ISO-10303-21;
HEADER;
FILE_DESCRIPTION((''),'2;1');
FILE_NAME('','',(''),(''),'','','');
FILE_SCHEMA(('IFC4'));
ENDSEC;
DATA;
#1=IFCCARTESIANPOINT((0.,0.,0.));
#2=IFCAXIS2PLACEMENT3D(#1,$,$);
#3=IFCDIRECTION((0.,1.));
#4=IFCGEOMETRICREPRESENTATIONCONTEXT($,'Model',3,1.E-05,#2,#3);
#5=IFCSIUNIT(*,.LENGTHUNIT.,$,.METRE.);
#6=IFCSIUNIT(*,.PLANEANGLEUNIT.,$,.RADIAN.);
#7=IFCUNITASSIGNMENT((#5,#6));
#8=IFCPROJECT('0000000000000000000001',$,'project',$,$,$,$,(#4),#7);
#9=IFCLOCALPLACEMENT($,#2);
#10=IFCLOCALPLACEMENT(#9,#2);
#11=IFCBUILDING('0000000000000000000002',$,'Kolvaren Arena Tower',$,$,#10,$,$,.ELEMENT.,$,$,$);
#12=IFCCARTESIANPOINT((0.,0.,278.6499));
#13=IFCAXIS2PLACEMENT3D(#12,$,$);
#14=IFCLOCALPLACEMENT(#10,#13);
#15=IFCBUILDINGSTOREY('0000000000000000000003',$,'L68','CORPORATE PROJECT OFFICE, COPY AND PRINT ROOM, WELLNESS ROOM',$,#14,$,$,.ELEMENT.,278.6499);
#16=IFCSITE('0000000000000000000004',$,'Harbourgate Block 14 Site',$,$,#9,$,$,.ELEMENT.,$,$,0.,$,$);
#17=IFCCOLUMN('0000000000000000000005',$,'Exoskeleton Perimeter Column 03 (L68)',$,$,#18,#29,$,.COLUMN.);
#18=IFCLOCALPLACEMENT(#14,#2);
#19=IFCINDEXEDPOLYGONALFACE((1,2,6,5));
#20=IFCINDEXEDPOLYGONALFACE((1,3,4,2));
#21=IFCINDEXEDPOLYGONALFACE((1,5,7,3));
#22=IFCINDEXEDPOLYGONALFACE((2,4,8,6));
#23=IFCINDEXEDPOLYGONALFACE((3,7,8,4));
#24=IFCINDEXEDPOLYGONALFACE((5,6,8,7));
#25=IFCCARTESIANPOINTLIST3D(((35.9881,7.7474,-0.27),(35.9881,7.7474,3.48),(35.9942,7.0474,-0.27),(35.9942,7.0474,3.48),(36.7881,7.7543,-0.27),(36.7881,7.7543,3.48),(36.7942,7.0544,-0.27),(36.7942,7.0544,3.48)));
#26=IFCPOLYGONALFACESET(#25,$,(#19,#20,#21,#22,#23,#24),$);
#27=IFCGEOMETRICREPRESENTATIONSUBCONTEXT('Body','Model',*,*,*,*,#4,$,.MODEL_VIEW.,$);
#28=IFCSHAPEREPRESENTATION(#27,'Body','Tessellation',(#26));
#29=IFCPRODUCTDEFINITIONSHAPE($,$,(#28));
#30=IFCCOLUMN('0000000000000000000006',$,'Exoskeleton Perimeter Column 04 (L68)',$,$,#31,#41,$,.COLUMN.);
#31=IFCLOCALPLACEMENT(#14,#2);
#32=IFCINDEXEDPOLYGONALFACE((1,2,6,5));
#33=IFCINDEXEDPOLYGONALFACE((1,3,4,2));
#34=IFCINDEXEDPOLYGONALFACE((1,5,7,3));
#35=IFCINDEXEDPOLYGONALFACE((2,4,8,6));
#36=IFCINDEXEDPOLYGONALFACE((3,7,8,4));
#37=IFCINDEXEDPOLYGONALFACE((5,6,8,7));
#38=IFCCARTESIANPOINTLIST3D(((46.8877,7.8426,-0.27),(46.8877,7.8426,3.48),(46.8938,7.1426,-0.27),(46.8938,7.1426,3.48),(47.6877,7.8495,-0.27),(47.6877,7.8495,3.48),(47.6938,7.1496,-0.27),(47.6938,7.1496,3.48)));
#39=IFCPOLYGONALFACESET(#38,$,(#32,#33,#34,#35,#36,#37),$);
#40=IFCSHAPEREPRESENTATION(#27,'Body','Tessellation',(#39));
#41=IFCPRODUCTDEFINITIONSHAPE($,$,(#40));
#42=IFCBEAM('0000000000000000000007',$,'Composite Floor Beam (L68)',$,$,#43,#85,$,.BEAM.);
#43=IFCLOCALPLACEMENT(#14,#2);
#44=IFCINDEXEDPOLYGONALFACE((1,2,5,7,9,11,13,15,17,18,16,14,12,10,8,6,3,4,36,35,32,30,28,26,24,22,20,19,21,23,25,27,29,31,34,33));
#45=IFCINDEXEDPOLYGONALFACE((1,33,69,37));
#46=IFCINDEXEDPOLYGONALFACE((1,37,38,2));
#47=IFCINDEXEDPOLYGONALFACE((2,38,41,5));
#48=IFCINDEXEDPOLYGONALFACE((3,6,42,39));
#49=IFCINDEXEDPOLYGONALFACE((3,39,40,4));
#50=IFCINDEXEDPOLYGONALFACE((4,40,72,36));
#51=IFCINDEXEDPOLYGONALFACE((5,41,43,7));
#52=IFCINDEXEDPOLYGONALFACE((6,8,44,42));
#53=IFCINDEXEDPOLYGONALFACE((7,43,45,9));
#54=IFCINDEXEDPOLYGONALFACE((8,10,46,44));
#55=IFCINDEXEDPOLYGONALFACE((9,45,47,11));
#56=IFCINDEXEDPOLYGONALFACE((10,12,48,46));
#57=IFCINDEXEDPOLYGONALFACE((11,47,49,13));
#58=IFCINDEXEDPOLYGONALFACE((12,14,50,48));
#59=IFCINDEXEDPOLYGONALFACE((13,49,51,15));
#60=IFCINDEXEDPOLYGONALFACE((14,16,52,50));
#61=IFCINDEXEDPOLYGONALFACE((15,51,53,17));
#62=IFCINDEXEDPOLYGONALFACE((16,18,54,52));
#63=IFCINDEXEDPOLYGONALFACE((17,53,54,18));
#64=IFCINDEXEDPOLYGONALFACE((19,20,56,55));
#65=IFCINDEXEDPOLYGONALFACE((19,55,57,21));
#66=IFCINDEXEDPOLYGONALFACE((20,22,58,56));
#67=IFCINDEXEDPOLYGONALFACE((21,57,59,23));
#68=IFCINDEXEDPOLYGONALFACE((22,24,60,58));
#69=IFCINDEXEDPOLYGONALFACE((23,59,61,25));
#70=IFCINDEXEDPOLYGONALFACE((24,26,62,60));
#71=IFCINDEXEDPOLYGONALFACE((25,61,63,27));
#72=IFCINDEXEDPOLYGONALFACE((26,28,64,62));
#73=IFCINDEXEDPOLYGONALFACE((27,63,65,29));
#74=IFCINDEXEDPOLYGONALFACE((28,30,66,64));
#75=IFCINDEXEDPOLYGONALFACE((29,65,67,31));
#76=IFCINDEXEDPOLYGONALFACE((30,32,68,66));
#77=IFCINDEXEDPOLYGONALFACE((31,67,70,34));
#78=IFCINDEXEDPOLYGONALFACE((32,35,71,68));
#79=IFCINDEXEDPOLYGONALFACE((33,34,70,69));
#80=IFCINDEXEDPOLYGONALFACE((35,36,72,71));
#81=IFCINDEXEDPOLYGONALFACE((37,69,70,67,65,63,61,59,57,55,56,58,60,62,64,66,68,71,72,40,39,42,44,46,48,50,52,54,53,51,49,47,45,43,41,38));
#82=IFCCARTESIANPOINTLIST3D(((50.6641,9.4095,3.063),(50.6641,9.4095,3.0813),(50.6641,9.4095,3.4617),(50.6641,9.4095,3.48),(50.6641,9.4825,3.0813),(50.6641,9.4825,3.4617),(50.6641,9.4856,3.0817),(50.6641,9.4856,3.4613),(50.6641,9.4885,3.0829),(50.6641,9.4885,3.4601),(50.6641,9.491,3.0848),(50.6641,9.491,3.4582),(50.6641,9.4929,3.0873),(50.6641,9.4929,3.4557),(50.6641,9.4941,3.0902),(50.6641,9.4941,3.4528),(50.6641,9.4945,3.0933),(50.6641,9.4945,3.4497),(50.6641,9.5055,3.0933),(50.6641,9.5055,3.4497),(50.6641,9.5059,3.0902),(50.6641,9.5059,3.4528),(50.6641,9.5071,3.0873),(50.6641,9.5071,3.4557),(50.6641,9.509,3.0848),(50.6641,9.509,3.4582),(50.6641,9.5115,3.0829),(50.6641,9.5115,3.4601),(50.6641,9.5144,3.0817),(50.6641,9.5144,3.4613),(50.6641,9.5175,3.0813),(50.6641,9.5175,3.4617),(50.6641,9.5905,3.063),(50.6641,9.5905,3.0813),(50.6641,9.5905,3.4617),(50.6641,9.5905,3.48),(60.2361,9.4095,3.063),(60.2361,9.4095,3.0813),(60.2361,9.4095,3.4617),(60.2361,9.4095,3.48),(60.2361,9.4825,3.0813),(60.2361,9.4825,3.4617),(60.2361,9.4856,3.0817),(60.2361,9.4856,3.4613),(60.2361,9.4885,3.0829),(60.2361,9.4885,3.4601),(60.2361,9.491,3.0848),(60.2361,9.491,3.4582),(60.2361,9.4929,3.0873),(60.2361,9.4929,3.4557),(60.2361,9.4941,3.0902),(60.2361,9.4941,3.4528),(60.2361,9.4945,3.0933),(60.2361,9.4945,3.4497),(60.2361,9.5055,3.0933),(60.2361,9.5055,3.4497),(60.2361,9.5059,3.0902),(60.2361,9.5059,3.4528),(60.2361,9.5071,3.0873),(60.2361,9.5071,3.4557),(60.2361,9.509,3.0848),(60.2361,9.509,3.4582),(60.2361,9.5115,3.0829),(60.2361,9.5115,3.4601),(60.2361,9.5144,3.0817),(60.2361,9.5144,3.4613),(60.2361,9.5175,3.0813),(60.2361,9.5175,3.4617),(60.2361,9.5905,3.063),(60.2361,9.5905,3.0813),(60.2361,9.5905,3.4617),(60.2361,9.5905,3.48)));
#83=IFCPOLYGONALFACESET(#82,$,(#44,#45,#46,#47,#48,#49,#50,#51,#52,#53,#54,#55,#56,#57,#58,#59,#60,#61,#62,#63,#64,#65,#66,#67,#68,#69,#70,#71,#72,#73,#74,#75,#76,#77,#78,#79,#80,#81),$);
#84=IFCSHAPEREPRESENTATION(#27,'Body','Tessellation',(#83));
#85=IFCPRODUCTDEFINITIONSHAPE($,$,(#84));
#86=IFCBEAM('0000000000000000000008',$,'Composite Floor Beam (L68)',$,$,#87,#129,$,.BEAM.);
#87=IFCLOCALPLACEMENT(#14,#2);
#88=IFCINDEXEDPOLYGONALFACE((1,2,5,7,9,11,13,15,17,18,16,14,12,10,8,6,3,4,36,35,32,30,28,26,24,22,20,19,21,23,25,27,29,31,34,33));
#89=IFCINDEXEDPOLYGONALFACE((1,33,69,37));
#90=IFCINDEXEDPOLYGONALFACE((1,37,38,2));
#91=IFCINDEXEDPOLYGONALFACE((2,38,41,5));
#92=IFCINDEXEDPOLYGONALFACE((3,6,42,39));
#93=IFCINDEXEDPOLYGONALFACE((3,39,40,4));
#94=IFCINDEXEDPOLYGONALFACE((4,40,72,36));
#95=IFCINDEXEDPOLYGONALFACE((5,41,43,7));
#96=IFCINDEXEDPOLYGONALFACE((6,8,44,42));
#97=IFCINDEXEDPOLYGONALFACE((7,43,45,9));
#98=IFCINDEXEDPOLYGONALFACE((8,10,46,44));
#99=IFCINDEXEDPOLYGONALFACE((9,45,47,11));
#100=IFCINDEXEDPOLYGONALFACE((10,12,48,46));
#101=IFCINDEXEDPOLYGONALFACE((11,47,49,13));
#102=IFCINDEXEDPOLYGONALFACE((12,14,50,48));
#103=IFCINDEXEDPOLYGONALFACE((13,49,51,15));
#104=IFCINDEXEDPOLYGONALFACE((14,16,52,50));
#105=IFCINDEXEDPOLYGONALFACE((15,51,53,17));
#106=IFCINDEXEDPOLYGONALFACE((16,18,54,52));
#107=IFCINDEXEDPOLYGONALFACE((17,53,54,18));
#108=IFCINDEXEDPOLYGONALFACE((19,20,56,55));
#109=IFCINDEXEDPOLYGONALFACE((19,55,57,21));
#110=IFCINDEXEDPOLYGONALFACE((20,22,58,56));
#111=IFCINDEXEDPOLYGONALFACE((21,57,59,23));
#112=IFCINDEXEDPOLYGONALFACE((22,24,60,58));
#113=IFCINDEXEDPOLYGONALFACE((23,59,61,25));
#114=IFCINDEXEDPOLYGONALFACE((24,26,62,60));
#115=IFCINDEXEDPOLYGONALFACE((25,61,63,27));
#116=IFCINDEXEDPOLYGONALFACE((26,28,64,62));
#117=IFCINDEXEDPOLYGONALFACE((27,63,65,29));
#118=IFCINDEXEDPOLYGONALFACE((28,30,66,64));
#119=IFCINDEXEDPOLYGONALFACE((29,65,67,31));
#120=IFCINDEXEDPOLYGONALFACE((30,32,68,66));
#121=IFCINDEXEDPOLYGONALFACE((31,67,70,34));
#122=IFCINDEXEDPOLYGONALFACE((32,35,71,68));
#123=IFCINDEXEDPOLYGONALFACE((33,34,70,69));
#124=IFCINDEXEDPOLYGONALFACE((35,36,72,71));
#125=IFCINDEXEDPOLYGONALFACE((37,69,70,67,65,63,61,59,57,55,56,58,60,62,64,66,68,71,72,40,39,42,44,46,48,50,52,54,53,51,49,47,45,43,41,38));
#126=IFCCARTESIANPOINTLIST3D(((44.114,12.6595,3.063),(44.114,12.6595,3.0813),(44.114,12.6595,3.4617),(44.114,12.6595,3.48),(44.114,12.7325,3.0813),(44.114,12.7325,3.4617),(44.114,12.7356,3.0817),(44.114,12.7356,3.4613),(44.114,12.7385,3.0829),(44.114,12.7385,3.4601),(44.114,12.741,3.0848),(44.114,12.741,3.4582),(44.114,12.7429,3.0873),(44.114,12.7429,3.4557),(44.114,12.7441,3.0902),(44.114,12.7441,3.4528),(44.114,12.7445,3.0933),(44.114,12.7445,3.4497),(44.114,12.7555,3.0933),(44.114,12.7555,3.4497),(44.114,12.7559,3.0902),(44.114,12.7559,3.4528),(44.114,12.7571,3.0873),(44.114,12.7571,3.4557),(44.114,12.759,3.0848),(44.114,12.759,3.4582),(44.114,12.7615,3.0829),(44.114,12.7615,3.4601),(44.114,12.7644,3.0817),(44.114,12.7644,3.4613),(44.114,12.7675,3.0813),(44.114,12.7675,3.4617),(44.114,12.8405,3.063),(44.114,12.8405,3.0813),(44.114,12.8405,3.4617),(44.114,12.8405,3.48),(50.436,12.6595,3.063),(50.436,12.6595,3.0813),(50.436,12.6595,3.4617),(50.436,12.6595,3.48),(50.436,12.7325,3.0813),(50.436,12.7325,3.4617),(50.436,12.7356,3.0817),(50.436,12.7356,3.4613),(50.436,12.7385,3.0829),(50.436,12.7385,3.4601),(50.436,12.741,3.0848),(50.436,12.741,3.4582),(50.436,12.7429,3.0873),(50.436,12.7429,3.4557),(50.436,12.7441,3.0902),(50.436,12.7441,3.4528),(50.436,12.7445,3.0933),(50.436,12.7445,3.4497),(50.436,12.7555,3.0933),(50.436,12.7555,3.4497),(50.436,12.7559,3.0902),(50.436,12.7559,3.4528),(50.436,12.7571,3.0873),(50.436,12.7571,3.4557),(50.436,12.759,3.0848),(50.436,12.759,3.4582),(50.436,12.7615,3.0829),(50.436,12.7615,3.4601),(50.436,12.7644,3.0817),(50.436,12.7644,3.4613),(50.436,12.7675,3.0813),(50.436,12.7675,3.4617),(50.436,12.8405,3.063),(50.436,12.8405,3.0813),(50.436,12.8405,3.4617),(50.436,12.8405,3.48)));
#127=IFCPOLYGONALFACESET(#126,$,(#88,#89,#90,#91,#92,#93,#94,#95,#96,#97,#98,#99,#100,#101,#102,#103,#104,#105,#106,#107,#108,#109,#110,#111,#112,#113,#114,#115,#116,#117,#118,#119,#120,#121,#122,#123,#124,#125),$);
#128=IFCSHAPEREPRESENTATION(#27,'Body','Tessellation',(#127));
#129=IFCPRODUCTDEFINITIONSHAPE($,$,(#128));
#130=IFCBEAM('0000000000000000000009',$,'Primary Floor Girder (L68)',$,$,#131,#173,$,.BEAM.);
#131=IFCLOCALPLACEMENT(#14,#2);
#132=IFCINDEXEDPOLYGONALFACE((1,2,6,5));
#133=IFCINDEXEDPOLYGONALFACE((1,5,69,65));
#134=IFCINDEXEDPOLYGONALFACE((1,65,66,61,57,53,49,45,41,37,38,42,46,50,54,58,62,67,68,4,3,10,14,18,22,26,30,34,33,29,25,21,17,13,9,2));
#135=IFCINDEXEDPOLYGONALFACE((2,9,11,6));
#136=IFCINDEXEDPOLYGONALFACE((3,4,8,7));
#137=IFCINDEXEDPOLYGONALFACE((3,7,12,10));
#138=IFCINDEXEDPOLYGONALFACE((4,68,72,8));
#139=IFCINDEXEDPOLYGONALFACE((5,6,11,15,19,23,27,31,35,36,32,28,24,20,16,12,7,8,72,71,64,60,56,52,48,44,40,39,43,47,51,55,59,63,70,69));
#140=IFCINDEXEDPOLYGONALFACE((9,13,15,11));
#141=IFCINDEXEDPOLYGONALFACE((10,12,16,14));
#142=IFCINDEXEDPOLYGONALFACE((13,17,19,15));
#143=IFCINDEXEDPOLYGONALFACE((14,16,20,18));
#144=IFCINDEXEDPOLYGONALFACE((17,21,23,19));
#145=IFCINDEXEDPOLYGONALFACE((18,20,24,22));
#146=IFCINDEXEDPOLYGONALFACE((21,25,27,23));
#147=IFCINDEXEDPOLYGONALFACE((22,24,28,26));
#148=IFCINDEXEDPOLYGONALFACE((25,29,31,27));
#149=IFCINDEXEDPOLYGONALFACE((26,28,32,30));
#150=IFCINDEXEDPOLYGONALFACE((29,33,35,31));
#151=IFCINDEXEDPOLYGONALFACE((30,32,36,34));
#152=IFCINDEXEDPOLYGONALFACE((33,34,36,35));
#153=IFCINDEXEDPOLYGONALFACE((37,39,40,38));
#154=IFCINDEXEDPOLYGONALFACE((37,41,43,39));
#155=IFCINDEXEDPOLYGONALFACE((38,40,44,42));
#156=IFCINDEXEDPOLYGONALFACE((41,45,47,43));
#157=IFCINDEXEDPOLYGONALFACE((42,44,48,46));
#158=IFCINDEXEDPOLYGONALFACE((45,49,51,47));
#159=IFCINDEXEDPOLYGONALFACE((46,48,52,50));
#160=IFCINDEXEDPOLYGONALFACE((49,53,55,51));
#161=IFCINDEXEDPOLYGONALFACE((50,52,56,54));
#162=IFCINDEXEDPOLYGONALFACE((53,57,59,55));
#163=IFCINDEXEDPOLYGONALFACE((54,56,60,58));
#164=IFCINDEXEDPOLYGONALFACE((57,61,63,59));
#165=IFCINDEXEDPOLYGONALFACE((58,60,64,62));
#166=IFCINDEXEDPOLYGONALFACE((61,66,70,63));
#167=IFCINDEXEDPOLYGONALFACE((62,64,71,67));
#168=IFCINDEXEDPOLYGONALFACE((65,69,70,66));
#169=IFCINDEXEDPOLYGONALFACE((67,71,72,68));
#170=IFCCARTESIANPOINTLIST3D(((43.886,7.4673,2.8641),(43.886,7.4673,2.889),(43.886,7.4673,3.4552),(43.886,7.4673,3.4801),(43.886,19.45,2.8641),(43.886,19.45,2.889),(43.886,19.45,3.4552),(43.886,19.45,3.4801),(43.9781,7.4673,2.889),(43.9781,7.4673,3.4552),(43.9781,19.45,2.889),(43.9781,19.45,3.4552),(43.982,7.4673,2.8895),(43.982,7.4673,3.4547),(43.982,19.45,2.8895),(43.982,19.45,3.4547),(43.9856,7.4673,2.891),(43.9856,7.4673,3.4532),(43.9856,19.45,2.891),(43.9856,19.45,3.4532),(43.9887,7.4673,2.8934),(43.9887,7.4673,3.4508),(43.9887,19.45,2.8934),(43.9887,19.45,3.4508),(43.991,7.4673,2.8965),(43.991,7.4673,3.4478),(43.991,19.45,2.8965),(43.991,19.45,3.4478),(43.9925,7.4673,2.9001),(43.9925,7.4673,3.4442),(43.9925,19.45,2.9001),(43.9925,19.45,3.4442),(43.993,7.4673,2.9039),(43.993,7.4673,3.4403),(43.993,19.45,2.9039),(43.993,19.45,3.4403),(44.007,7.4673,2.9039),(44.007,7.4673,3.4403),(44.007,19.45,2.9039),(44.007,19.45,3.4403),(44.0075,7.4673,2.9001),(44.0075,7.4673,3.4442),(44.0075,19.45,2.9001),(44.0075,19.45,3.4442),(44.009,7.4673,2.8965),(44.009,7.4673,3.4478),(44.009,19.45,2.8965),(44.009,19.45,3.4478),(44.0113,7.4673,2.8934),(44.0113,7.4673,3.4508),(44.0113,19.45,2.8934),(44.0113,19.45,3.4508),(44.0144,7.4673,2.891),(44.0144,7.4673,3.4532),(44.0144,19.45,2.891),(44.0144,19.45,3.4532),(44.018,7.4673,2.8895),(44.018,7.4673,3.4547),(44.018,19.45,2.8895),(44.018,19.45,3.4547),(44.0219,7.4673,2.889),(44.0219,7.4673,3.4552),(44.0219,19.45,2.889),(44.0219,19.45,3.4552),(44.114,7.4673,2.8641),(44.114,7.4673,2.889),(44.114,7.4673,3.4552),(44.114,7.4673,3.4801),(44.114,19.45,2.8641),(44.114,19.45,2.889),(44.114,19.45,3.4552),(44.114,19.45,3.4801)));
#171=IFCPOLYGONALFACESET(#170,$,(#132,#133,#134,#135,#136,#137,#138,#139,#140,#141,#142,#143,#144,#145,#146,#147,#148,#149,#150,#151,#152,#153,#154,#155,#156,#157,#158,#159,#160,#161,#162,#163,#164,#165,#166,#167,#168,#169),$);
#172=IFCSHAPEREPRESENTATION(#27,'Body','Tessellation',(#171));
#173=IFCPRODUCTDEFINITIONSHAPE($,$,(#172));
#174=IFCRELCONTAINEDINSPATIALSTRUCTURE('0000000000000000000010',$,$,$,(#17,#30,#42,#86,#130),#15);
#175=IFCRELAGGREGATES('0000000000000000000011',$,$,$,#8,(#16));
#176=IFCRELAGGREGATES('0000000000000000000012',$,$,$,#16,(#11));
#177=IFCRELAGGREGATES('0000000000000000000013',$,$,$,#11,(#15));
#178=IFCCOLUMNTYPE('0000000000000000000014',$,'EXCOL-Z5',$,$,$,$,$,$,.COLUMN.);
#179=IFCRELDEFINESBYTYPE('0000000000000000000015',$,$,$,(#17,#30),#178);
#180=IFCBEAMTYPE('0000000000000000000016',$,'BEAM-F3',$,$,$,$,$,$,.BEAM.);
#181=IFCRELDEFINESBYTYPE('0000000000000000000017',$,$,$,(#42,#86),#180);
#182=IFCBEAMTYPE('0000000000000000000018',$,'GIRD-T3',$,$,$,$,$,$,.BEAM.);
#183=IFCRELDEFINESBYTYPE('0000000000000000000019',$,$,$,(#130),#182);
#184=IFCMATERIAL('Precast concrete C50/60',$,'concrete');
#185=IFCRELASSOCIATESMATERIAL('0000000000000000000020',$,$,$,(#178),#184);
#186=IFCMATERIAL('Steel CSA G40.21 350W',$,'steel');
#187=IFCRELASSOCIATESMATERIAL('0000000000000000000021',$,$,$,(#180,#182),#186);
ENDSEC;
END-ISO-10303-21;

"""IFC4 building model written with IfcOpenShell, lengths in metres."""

from ifc_helpers import new_model, si_unit, direction, frame, origin, origin_2d, place, context, subcontext, project, spatial, rectangle, i_section, extrude, material, material_profile, profile_set, type_object, element, save


model = new_model("IFC4")

# Units and contexts
model_context = context("Model", 3, precision=1e-05, world=origin(), true_north=direction((0.0, 1.0)))
body_context = subcontext(model_context, "Body", "Model", "MODEL_VIEW")
ifc_project = project(units=[si_unit("LENGTHUNIT", "METRE"), si_unit("PLANEANGLEUNIT", "RADIAN")], contexts=[model_context])

# Site, building, storey
site_placement = place(None, origin())
site = spatial("IfcSite", under=ifc_project, at=site_placement, Name="Harbourgate Block 14 Site", CompositionType="ELEMENT", RefElevation=0.0)
building_placement = place(site_placement, origin())
building = spatial("IfcBuilding", under=site, at=building_placement, Name="Kolvaren Arena Tower", CompositionType="ELEMENT")
storey_placement = place(building_placement, frame((0.0, 0.0, 278.6499)))
storey = spatial("IfcBuildingStorey", under=building, at=storey_placement, Name="L68", Description="CORPORATE PROJECT OFFICE, COPY AND PRINT ROOM, WELLNESS ROOM", CompositionType="ELEMENT", Elevation=278.6499)

# Columns
ifc_material_1 = material(Name="Precast concrete C50/60", Category="concrete")
ifc_material_profile_1 = material_profile(ifc_material_1, rectangle(XDim=0.8, YDim=0.7, at=origin_2d()), Name="RC-800x700")
ifc_profile_set_1 = profile_set([ifc_material_profile_1], Name="Precast concrete C50/60")
column_type = type_object("IfcColumnType", Name="EXCOL-Z5", PredefinedType="COLUMN", material=ifc_profile_set_1)
for number, where, z_axis, x_axis, name in (
    (1, (36.3911, 7.4009, -0.27), (0.0, 0.0, 1.0), (0.999962, 0.008727, 0.0), "Exoskeleton Perimeter Column 03 (L68)"),
    (2, (47.2908, 7.4961, -0.27), (0.0, 0.0, 1.0), (0.999962, 0.008727, 0.0), "Exoskeleton Perimeter Column 04 (L68)"),
):
    element("IfcColumn", number, at=place(storey_placement, frame(where, z_axis=z_axis, x_axis=x_axis)), inside=storey, type_object=column_type, Name=name, PredefinedType="COLUMN", context=body_context, shape_type="SweptSolid", body=[
        extrude(rectangle(XDim=0.8, YDim=0.7, at=origin_2d()), origin(), (0.0, 0.0, 1.0), 3.75),
    ])

# Beams
ifc_material_2 = material(Name="Steel CSA G40.21 350W", Category="steel")
ifc_material_profile_2 = material_profile(ifc_material_2, i_section(OverallWidth=0.1809, OverallDepth=0.417, WebThickness=0.011, FlangeThickness=0.0183, FilletRadius=0.012, at=origin_2d()), Name="W410x85")
ifc_profile_set_2 = profile_set([ifc_material_profile_2], Name="Steel CSA G40.21 350W")
beam_type_1 = type_object("IfcBeamType", Name="BEAM-F3", PredefinedType="BEAM", material=ifc_profile_set_2)
beam_1_placement = place(storey_placement, frame((50.6641, 9.5, 3.2715), z_axis=(1.0, 0.0, 0.0), x_axis=(0.0, 1.0, 0.0)))
element("IfcBeam", 3, at=beam_1_placement, inside=storey, type_object=beam_type_1, Name="Composite Floor Beam (L68)", PredefinedType="BEAM", context=body_context, shape_type="SweptSolid", body=[
    extrude(i_section(OverallWidth=0.1809, OverallDepth=0.417, WebThickness=0.011, FlangeThickness=0.0183, FilletRadius=0.012, at=origin_2d()), origin(), (0.0, 0.0, 1.0), 9.572),
])
beam_2_placement = place(storey_placement, frame((44.114, 12.75, 3.2715), z_axis=(1.0, 0.0, 0.0), x_axis=(0.0, 1.0, 0.0)))
element("IfcBeam", 4, at=beam_2_placement, inside=storey, type_object=beam_type_1, Name="Composite Floor Beam (L68)", PredefinedType="BEAM", context=body_context, shape_type="SweptSolid", body=[
    extrude(i_section(OverallWidth=0.1809, OverallDepth=0.417, WebThickness=0.011, FlangeThickness=0.0183, FilletRadius=0.012, at=origin_2d()), origin(), (0.0, 0.0, 1.0), 6.322),
])
ifc_material_profile_3 = material_profile(ifc_material_2, i_section(OverallWidth=0.228, OverallDepth=0.616, WebThickness=0.0139, FlangeThickness=0.0249, FilletRadius=0.0149, at=origin_2d()), Name="W610x174")
ifc_profile_set_3 = profile_set([ifc_material_profile_3], Name="Steel CSA G40.21 350W")
beam_type_2 = type_object("IfcBeamType", Name="GIRD-T3", PredefinedType="BEAM", material=ifc_profile_set_3)
beam_3_placement = place(storey_placement, frame((44.0, 7.4673, 3.1721), z_axis=(0.0, 1.0, 0.0), x_axis=(-1.0, 0.0, 0.0)))
element("IfcBeam", 5, at=beam_3_placement, inside=storey, type_object=beam_type_2, Name="Primary Floor Girder (L68)", PredefinedType="BEAM", context=body_context, shape_type="SweptSolid", body=[
    extrude(i_section(OverallWidth=0.228, OverallDepth=0.616, WebThickness=0.0139, FlangeThickness=0.0249, FilletRadius=0.0149, at=origin_2d()), origin(), (0.0, 0.0, 1.0), 11.9827),
])

save(model, "model.ifc")
